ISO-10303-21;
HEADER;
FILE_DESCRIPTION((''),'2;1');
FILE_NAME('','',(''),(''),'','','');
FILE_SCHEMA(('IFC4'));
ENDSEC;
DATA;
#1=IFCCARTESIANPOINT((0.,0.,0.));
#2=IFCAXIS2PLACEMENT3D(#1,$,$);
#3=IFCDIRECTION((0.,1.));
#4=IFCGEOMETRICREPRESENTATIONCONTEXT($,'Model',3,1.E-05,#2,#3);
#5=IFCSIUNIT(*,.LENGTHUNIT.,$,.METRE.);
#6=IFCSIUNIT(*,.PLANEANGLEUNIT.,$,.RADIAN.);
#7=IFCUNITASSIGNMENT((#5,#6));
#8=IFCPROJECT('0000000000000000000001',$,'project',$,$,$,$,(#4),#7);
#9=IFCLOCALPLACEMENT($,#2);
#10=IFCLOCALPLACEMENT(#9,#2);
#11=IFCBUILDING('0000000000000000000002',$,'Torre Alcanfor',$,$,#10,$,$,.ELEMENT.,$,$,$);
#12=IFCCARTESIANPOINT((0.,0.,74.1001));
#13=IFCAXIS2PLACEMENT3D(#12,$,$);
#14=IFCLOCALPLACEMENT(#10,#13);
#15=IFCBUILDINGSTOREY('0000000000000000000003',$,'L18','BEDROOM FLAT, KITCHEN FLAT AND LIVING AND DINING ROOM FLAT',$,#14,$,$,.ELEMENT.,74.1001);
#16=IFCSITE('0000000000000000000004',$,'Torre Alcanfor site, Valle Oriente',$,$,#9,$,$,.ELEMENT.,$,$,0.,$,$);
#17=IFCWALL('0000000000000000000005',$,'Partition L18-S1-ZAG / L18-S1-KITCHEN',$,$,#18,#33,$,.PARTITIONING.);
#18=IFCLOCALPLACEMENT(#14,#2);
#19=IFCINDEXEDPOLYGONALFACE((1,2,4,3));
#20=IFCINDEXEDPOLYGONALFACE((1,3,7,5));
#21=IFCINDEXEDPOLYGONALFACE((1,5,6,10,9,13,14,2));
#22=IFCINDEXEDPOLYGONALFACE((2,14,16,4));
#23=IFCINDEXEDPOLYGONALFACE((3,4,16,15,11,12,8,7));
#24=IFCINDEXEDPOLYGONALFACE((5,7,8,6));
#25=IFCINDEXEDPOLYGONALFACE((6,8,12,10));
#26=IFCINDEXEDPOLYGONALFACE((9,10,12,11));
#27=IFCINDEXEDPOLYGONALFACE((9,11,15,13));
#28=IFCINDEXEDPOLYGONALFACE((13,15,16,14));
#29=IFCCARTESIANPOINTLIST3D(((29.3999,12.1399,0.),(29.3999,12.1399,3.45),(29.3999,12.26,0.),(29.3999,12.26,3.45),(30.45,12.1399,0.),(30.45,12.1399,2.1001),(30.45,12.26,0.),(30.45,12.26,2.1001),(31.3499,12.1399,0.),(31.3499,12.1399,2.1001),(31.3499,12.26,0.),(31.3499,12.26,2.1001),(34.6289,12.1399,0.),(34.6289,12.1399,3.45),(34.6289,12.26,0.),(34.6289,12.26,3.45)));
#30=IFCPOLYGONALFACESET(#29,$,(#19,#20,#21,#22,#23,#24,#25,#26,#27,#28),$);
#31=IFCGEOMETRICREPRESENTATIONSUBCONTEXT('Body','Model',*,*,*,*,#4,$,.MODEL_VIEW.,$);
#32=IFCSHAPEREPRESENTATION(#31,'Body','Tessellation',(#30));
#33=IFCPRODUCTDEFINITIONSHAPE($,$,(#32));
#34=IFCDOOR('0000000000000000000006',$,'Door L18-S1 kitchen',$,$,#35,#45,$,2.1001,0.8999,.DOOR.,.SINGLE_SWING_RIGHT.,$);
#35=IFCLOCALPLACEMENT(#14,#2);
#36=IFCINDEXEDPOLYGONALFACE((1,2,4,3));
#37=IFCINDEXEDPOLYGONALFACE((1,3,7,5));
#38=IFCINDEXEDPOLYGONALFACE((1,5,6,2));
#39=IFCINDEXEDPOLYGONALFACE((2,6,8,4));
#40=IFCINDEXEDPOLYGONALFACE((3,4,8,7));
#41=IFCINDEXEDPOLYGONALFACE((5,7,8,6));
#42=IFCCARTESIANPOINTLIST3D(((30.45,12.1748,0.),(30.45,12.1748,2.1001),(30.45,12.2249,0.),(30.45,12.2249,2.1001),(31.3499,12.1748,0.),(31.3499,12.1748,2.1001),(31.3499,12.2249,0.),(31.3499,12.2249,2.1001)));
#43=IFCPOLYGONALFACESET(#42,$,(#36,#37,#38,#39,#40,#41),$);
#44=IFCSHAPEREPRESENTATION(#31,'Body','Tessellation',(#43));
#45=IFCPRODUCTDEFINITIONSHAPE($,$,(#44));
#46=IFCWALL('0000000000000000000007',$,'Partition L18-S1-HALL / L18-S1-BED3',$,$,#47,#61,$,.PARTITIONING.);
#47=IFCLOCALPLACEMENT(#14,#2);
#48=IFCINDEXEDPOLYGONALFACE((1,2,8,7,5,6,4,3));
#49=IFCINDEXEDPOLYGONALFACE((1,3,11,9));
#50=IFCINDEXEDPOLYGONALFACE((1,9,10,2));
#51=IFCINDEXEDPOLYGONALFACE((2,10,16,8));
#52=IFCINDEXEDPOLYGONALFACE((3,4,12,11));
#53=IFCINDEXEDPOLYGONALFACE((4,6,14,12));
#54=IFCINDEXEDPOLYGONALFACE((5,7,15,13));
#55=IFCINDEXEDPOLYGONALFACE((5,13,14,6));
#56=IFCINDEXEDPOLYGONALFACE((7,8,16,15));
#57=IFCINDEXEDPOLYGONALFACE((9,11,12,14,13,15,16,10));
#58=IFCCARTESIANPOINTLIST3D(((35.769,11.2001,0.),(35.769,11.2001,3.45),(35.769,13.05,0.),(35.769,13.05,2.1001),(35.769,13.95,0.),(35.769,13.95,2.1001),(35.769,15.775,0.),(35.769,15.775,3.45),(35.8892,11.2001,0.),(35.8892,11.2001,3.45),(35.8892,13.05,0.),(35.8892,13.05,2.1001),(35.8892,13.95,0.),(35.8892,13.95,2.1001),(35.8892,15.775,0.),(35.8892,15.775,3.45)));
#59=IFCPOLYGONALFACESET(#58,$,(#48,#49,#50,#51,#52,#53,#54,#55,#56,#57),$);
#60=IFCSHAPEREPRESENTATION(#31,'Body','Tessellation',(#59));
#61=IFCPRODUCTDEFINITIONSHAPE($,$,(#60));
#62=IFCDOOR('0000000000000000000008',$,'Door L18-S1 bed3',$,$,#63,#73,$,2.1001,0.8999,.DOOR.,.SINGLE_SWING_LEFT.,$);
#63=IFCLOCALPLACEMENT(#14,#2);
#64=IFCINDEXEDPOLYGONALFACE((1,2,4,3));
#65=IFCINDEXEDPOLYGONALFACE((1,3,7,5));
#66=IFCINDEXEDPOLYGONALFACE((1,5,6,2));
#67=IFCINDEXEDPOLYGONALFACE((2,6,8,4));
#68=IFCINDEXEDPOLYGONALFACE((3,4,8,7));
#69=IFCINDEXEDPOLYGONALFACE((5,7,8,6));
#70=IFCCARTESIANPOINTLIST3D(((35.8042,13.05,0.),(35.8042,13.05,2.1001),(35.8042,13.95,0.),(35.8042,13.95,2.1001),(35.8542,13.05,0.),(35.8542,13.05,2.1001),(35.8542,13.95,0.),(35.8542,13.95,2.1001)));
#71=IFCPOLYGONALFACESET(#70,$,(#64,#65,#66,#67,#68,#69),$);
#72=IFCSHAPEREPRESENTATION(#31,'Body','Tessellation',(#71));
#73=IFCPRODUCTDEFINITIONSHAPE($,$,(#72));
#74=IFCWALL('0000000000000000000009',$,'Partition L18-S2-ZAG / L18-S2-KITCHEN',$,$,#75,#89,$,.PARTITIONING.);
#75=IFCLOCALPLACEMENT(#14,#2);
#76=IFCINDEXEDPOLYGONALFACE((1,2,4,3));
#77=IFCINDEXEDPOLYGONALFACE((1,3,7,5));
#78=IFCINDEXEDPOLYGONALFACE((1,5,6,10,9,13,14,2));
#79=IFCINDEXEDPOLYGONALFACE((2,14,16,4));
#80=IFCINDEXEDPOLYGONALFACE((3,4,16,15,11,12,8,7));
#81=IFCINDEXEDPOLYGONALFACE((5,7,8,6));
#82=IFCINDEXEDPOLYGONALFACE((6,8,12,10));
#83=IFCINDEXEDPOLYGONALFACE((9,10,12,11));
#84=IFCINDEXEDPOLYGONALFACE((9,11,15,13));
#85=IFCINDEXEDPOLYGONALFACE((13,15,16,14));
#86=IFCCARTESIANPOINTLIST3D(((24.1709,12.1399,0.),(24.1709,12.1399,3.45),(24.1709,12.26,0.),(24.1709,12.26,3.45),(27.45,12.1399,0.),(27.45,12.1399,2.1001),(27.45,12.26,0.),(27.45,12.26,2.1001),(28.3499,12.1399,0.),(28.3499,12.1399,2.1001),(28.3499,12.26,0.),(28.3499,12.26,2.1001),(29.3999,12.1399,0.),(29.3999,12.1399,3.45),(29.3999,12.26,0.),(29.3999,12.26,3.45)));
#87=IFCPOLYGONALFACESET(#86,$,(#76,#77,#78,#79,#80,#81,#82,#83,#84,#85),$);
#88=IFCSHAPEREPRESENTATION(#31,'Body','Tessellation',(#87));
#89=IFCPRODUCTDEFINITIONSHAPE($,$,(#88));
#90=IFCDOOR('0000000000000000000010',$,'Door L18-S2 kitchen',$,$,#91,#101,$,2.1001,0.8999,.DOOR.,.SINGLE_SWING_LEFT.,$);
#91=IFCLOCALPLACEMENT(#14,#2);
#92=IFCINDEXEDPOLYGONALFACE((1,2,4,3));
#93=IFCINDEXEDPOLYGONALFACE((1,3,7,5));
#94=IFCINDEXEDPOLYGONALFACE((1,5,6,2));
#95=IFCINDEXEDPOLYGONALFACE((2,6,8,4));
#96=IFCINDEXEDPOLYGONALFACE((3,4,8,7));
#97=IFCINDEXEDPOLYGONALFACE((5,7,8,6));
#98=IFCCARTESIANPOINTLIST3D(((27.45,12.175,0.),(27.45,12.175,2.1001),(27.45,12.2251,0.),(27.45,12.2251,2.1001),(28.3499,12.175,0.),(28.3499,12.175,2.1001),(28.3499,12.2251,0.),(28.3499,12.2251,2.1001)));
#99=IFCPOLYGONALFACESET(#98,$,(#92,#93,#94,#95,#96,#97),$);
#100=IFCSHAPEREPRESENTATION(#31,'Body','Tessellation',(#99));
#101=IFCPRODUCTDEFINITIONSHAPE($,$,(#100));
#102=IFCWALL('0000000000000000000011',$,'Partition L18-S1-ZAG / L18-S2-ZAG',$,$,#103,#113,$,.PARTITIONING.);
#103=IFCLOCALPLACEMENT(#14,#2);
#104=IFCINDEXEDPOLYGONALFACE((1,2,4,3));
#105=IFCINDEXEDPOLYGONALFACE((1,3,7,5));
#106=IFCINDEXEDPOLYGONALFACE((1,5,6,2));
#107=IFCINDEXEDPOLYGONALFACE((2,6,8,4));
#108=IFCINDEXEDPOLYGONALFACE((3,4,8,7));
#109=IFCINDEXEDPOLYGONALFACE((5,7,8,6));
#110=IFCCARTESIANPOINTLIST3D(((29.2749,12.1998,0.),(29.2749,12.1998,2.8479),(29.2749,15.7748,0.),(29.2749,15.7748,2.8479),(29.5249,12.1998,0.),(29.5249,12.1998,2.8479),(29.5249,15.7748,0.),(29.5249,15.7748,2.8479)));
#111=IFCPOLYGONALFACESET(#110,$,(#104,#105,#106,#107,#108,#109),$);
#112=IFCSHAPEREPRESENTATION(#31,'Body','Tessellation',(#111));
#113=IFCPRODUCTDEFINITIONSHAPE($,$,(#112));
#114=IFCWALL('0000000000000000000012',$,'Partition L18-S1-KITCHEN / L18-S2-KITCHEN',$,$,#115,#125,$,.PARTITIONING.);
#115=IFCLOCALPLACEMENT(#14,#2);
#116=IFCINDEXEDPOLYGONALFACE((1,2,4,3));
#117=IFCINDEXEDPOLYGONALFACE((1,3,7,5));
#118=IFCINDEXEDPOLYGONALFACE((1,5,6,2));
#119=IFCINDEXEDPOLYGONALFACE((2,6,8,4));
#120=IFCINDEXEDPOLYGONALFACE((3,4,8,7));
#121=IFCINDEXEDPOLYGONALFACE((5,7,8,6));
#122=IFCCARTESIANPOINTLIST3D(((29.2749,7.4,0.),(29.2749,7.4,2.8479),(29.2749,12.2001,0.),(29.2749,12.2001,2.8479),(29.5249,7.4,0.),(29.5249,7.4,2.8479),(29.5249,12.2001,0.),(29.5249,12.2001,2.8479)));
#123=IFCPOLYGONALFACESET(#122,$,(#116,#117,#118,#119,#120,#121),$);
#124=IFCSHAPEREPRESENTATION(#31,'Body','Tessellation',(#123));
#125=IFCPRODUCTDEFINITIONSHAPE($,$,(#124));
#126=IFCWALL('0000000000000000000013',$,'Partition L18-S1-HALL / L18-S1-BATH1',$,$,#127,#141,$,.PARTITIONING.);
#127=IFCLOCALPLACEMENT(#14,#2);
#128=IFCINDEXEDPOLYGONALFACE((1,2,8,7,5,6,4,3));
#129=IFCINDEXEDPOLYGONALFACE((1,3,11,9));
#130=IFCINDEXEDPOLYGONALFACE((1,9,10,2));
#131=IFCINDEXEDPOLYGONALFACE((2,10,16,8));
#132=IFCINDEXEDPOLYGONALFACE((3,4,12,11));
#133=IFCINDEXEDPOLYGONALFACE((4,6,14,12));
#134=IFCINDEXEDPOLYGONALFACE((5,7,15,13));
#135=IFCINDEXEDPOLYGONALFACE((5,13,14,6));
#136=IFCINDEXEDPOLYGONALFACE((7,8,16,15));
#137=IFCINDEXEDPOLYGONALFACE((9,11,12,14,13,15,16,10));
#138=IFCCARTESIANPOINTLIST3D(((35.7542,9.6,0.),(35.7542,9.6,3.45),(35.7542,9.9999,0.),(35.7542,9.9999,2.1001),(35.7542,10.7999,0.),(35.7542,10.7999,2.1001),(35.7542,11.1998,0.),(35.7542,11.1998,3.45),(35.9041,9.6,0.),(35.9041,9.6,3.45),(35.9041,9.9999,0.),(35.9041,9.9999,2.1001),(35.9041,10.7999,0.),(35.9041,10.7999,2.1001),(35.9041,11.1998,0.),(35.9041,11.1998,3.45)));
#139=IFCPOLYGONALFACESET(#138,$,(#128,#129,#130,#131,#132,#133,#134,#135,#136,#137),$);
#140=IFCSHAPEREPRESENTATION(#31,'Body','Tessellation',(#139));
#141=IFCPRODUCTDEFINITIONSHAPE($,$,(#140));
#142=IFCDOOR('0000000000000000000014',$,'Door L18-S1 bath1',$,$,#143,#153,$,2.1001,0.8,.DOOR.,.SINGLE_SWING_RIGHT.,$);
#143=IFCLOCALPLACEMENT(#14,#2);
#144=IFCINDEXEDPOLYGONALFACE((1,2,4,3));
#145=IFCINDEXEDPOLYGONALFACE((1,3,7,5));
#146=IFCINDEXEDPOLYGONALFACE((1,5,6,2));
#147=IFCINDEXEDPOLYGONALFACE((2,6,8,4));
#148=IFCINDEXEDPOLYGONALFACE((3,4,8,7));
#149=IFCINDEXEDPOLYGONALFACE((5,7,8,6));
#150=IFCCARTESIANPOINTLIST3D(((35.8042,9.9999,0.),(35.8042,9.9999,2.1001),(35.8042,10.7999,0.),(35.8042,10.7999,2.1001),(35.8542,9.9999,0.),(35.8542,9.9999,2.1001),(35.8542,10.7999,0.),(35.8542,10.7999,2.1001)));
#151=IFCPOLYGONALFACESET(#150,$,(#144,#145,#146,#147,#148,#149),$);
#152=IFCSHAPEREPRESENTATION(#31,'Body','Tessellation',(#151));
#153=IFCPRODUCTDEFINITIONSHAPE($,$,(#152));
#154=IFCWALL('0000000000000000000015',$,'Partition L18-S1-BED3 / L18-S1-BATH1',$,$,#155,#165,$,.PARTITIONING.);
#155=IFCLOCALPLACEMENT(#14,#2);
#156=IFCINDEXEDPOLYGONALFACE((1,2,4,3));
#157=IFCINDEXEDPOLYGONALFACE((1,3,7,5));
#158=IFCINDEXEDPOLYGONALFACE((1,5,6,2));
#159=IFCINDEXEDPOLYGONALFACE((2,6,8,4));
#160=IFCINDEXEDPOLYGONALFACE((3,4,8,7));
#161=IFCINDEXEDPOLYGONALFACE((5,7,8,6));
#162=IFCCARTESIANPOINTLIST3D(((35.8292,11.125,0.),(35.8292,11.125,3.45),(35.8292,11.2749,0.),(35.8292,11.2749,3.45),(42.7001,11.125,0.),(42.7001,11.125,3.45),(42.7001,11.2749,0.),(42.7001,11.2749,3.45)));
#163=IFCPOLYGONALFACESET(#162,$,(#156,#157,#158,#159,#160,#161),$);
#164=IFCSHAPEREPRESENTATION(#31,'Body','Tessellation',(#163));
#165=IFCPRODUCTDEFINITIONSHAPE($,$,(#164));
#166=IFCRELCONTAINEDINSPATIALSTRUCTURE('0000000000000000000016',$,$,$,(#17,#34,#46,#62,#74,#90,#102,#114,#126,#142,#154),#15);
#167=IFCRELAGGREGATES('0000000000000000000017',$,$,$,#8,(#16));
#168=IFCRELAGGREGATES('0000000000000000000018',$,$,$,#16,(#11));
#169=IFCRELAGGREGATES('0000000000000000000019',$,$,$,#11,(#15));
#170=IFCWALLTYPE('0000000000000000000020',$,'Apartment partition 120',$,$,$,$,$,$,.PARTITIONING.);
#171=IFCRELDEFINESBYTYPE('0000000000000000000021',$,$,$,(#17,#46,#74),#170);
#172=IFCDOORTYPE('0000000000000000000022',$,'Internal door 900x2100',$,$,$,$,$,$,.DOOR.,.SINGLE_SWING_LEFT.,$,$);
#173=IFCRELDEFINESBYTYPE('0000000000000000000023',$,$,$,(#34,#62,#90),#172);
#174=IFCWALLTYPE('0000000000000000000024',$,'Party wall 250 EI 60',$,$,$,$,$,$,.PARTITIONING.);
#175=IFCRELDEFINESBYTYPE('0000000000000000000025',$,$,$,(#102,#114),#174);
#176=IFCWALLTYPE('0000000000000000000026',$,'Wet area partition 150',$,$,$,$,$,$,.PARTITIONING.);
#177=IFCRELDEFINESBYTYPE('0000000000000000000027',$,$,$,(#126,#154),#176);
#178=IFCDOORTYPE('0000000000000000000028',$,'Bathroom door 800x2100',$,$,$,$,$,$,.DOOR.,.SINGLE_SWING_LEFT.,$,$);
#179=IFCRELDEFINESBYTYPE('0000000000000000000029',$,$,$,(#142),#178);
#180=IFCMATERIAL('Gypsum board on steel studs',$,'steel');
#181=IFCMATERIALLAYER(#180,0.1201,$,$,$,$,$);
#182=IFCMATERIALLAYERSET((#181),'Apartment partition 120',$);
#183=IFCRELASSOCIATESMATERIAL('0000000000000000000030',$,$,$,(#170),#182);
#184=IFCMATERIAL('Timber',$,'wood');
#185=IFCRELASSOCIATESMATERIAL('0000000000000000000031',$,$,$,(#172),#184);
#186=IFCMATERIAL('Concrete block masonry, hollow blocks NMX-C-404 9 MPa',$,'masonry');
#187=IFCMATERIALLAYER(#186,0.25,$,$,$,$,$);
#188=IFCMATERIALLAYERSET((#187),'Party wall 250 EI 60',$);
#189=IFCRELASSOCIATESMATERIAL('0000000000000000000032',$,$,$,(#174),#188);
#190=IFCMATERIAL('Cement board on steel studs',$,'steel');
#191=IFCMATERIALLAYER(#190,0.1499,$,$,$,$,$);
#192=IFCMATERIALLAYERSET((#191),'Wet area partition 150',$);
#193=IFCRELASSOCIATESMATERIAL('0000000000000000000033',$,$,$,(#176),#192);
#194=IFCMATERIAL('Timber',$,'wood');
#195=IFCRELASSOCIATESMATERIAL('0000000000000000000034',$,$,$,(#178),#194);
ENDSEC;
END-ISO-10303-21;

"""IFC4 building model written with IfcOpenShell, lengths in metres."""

from ifc_helpers import new_model, si_unit, direction, frame, frame_2d, origin, place, context, subcontext, project, spatial, rectangle, extrude, material, layer, layer_set, type_object, element, fill, save


model = new_model("IFC4")

# Units and contexts
model_context = context("Model", 3, precision=1e-05, world=origin(), true_north=direction((0.0, 1.0)))
body_context = subcontext(model_context, "Body", "Model", "MODEL_VIEW")
ifc_project = project(units=[si_unit("LENGTHUNIT", "METRE"), si_unit("PLANEANGLEUNIT", "RADIAN")], contexts=[model_context])

# Site, building, storey
site_placement = place(None, origin())
site = spatial("IfcSite", under=ifc_project, at=site_placement, Name="Torre Alcanfor site, Valle Oriente", CompositionType="ELEMENT", RefElevation=0.0)
building_placement = place(site_placement, origin())
building = spatial("IfcBuilding", under=site, at=building_placement, Name="Torre Alcanfor", CompositionType="ELEMENT")
storey_placement = place(building_placement, frame((0.0, 0.0, 74.1001)))
storey = spatial("IfcBuildingStorey", under=building, at=storey_placement, Name="L18", Description="BEDROOM FLAT, KITCHEN FLAT AND LIVING AND DINING ROOM FLAT", CompositionType="ELEMENT", Elevation=74.1001)

# Walls, openings, doors
ifc_material_1 = material(Name="Gypsum board on steel studs", Category="steel")
ifc_layer_1 = layer(ifc_material_1, 0.1201)
ifc_layer_set_1 = layer_set([ifc_layer_1], Name="Apartment partition 120")
wall_type_1 = type_object("IfcWallType", Name="Apartment partition 120", PredefinedType="PARTITIONING", material=ifc_layer_set_1)
wall_1_placement = place(storey_placement, frame((29.3999, 12.2, 0.0), z_axis=(0.0, 0.0, 1.0), x_axis=(1.0, 0.0, 0.0)))
wall_1 = element("IfcWall", 1, at=wall_1_placement, inside=storey, type_object=wall_type_1, Name="Partition L18-S1-ZAG / L18-S1-KITCHEN", PredefinedType="PARTITIONING", context=body_context, shape_type="SweptSolid", body=[
    extrude(rectangle(XDim=5.229, YDim=0.1201, at=frame_2d((2.6145, 0.0))), origin(), (0.0, 0.0, 1.0), 3.45),
])
opening_1_placement = place(wall_1_placement, frame((1.05, 0.0, 0.0)))
opening_1 = element("IfcOpeningElement", 2, at=opening_1_placement, cuts=wall_1, PredefinedType="OPENING", context=body_context, shape_type="SweptSolid", body=[
    extrude(rectangle(XDim=0.8999, YDim=2.1001, at=frame_2d((0.45, 1.05))), frame((0.0, 0.0701, 0.0), z_axis=(0.0, -1.0, 0.0), x_axis=(1.0, 0.0, 0.0)), (0.0, 0.0, 1.0), 0.1401),
])
ifc_material_2 = material(Name="Timber", Category="wood")
door_type_1 = type_object("IfcDoorType", Name="Internal door 900x2100", OperationType="SINGLE_SWING_LEFT", PredefinedType="DOOR", material=ifc_material_2)
door_1_placement = place(opening_1_placement, frame((0.8999, 0.0, 0.0), z_axis=(0.0, 0.0, 1.0), x_axis=(-1.0, 0.0, 0.0)))
door_1 = element("IfcDoor", 3, at=door_1_placement, inside=storey, type_object=door_type_1, Name="Door L18-S1 kitchen", OperationType="SINGLE_SWING_RIGHT", OverallHeight=2.1001, OverallWidth=0.8999, PredefinedType="DOOR", context=body_context, shape_type="SweptSolid", body=[
    extrude(rectangle(XDim=0.8999, YDim=2.1001, at=frame_2d((0.45, 1.05))), frame((0.0, 0.0251, 0.0), z_axis=(0.0, -1.0, 0.0), x_axis=(1.0, 0.0, 0.0)), (0.0, 0.0, 1.0), 0.05),
])
fill(opening_1, door_1)
wall_2_placement = place(storey_placement, frame((35.8291, 11.2, 0.0), z_axis=(0.0, 0.0, 1.0), x_axis=(0.0, 1.0, 0.0)))
wall_2 = element("IfcWall", 4, at=wall_2_placement, inside=storey, type_object=wall_type_1, Name="Partition L18-S1-HALL / L18-S1-BED3", PredefinedType="PARTITIONING", context=body_context, shape_type="SweptSolid", body=[
    extrude(rectangle(XDim=4.575, YDim=0.1201, at=frame_2d((2.2876, 0.0))), origin(), (0.0, 0.0, 1.0), 3.45),
])
opening_2_placement = place(wall_2_placement, frame((1.8501, 0.0, 0.0)))
opening_2 = element("IfcOpeningElement", 5, at=opening_2_placement, cuts=wall_2, PredefinedType="OPENING", context=body_context, shape_type="SweptSolid", body=[
    extrude(rectangle(XDim=0.8999, YDim=2.1001, at=frame_2d((0.45, 1.05))), frame((0.0, 0.0701, 0.0), z_axis=(0.0, -1.0, 0.0), x_axis=(1.0, 0.0, 0.0)), (0.0, 0.0, 1.0), 0.1401),
])
door_2_placement = place(opening_2_placement, frame((0.8999, 0.0, 0.0), z_axis=(0.0, 0.0, 1.0), x_axis=(-1.0, 0.0, 0.0)))
door_2 = element("IfcDoor", 6, at=door_2_placement, inside=storey, type_object=door_type_1, Name="Door L18-S1 bed3", OperationType="SINGLE_SWING_LEFT", OverallHeight=2.1001, OverallWidth=0.8999, PredefinedType="DOOR", context=body_context, shape_type="SweptSolid", body=[
    extrude(rectangle(XDim=0.8999, YDim=2.1001, at=frame_2d((0.45, 1.05))), frame((0.0, 0.0251, 0.0), z_axis=(0.0, -1.0, 0.0), x_axis=(1.0, 0.0, 0.0)), (0.0, 0.0, 1.0), 0.05),
])
fill(opening_2, door_2)
wall_3_placement = place(storey_placement, frame((29.3999, 12.2, 0.0), z_axis=(0.0, 0.0, 1.0), x_axis=(-1.0, 0.0, 0.0)))
wall_3 = element("IfcWall", 7, at=wall_3_placement, inside=storey, type_object=wall_type_1, Name="Partition L18-S2-ZAG / L18-S2-KITCHEN", PredefinedType="PARTITIONING", context=body_context, shape_type="SweptSolid", body=[
    extrude(rectangle(XDim=5.229, YDim=0.1201, at=frame_2d((2.6145, 0.0))), origin(), (0.0, 0.0, 1.0), 3.45),
])
opening_3_placement = place(wall_3_placement, frame((1.05, 0.0, 0.0)))
opening_3 = element("IfcOpeningElement", 8, at=opening_3_placement, cuts=wall_3, PredefinedType="OPENING", context=body_context, shape_type="SweptSolid", body=[
    extrude(rectangle(XDim=0.8999, YDim=2.1001, at=frame_2d((0.45, 1.05))), frame((0.0, 0.0701, 0.0), z_axis=(0.0, -1.0, 0.0), x_axis=(1.0, 0.0, 0.0)), (0.0, 0.0, 1.0), 0.1401),
])
door_3_placement = place(opening_3_placement, origin())
door_3 = element("IfcDoor", 9, at=door_3_placement, inside=storey, type_object=door_type_1, Name="Door L18-S2 kitchen", OperationType="SINGLE_SWING_LEFT", OverallHeight=2.1001, OverallWidth=0.8999, PredefinedType="DOOR", context=body_context, shape_type="SweptSolid", body=[
    extrude(rectangle(XDim=0.8999, YDim=2.1001, at=frame_2d((0.45, 1.05))), frame((0.0, 0.0249, 0.0), z_axis=(0.0, -1.0, 0.0), x_axis=(1.0, 0.0, 0.0)), (0.0, 0.0, 1.0), 0.05),
])
fill(opening_3, door_3)

# Walls
ifc_material_3 = material(Name="Concrete block masonry, hollow blocks NMX-C-404 9 MPa", Category="masonry")
ifc_layer_2 = layer(ifc_material_3, 0.25)
ifc_layer_set_2 = layer_set([ifc_layer_2], Name="Party wall 250 EI 60")
wall_type_2 = type_object("IfcWallType", Name="Party wall 250 EI 60", PredefinedType="PARTITIONING", material=ifc_layer_set_2)
wall_4_placement = place(storey_placement, frame((29.3999, 15.7749, 0.0), z_axis=(0.0, 0.0, 1.0), x_axis=(0.0, -1.0, 0.0)))
element("IfcWall", 10, at=wall_4_placement, inside=storey, type_object=wall_type_2, Name="Partition L18-S1-ZAG / L18-S2-ZAG", PredefinedType="PARTITIONING", context=body_context, shape_type="SweptSolid", body=[
    extrude(rectangle(XDim=3.575, YDim=0.25, at=frame_2d((1.7876, 0.0))), origin(), (0.0, 0.0, 1.0), 2.8479),
])
wall_5_placement = place(storey_placement, frame((29.3999, 12.2, 0.0), z_axis=(0.0, 0.0, 1.0), x_axis=(0.0, -1.0, 0.0)))
element("IfcWall", 11, at=wall_5_placement, inside=storey, type_object=wall_type_2, Name="Partition L18-S1-KITCHEN / L18-S2-KITCHEN", PredefinedType="PARTITIONING", context=body_context, shape_type="SweptSolid", body=[
    extrude(rectangle(XDim=4.8, YDim=0.25, at=frame_2d((2.3999, 0.0))), origin(), (0.0, 0.0, 1.0), 2.8479),
])

# Wall, opening, door
ifc_material_4 = material(Name="Cement board on steel studs", Category="steel")
ifc_layer_3 = layer(ifc_material_4, 0.1499)
ifc_layer_set_3 = layer_set([ifc_layer_3], Name="Wet area partition 150")
wall_type_3 = type_object("IfcWallType", Name="Wet area partition 150", PredefinedType="PARTITIONING", material=ifc_layer_set_3)
wall_6_placement = place(storey_placement, frame((35.8291, 9.6001, 0.0), z_axis=(0.0, 0.0, 1.0), x_axis=(0.0, 1.0, 0.0)))
wall_6 = element("IfcWall", 12, at=wall_6_placement, inside=storey, type_object=wall_type_3, Name="Partition L18-S1-HALL / L18-S1-BATH1", PredefinedType="PARTITIONING", context=body_context, shape_type="SweptSolid", body=[
    extrude(rectangle(XDim=1.5999, YDim=0.1499, at=frame_2d((0.7998, 0.0))), origin(), (0.0, 0.0, 1.0), 3.45),
])
opening_4_placement = place(wall_6_placement, frame((0.3999, 0.0, 0.0)))
opening_4 = element("IfcOpeningElement", 13, at=opening_4_placement, cuts=wall_6, PredefinedType="OPENING", context=body_context, shape_type="SweptSolid", body=[
    extrude(rectangle(XDim=0.8, YDim=2.1001, at=frame_2d((0.3999, 1.05))), frame((0.0, 0.085, 0.0), z_axis=(0.0, -1.0, 0.0), x_axis=(1.0, 0.0, 0.0)), (0.0, 0.0, 1.0), 0.1699),
])
ifc_material_5 = material(Name="Timber", Category="wood")
door_type_2 = type_object("IfcDoorType", Name="Bathroom door 800x2100", OperationType="SINGLE_SWING_LEFT", PredefinedType="DOOR", material=ifc_material_5)
door_4_placement = place(opening_4_placement, frame((0.8, 0.0, 0.0), z_axis=(0.0, 0.0, 1.0), x_axis=(-1.0, 0.0, 0.0)))
door_4 = element("IfcDoor", 14, at=door_4_placement, inside=storey, type_object=door_type_2, Name="Door L18-S1 bath1", OperationType="SINGLE_SWING_RIGHT", OverallHeight=2.1001, OverallWidth=0.8, PredefinedType="DOOR", context=body_context, shape_type="SweptSolid", body=[
    extrude(rectangle(XDim=0.8, YDim=2.1001, at=frame_2d((0.4001, 1.05))), frame((0.0, 0.0251, 0.0), z_axis=(0.0, -1.0, 0.0), x_axis=(1.0, 0.0, 0.0)), (0.0, 0.0, 1.0), 0.05),
])
fill(opening_4, door_4)

# Wall
for number, where, z_axis, x_axis, name in (
    (15, (35.8291, 11.2, 0.0), (0.0, 0.0, 1.0), (1.0, 0.0, 0.0), "Partition L18-S1-BED3 / L18-S1-BATH1"),
):
    element("IfcWall", number, at=place(storey_placement, frame(where, z_axis=z_axis, x_axis=x_axis)), inside=storey, type_object=wall_type_3, Name=name, PredefinedType="PARTITIONING", context=body_context, shape_type="SweptSolid", body=[
        extrude(rectangle(XDim=6.8708, YDim=0.1499, at=frame_2d((3.4355, 0.0))), origin(), (0.0, 0.0, 1.0), 3.45),
    ])

save(model, "model.ifc")
